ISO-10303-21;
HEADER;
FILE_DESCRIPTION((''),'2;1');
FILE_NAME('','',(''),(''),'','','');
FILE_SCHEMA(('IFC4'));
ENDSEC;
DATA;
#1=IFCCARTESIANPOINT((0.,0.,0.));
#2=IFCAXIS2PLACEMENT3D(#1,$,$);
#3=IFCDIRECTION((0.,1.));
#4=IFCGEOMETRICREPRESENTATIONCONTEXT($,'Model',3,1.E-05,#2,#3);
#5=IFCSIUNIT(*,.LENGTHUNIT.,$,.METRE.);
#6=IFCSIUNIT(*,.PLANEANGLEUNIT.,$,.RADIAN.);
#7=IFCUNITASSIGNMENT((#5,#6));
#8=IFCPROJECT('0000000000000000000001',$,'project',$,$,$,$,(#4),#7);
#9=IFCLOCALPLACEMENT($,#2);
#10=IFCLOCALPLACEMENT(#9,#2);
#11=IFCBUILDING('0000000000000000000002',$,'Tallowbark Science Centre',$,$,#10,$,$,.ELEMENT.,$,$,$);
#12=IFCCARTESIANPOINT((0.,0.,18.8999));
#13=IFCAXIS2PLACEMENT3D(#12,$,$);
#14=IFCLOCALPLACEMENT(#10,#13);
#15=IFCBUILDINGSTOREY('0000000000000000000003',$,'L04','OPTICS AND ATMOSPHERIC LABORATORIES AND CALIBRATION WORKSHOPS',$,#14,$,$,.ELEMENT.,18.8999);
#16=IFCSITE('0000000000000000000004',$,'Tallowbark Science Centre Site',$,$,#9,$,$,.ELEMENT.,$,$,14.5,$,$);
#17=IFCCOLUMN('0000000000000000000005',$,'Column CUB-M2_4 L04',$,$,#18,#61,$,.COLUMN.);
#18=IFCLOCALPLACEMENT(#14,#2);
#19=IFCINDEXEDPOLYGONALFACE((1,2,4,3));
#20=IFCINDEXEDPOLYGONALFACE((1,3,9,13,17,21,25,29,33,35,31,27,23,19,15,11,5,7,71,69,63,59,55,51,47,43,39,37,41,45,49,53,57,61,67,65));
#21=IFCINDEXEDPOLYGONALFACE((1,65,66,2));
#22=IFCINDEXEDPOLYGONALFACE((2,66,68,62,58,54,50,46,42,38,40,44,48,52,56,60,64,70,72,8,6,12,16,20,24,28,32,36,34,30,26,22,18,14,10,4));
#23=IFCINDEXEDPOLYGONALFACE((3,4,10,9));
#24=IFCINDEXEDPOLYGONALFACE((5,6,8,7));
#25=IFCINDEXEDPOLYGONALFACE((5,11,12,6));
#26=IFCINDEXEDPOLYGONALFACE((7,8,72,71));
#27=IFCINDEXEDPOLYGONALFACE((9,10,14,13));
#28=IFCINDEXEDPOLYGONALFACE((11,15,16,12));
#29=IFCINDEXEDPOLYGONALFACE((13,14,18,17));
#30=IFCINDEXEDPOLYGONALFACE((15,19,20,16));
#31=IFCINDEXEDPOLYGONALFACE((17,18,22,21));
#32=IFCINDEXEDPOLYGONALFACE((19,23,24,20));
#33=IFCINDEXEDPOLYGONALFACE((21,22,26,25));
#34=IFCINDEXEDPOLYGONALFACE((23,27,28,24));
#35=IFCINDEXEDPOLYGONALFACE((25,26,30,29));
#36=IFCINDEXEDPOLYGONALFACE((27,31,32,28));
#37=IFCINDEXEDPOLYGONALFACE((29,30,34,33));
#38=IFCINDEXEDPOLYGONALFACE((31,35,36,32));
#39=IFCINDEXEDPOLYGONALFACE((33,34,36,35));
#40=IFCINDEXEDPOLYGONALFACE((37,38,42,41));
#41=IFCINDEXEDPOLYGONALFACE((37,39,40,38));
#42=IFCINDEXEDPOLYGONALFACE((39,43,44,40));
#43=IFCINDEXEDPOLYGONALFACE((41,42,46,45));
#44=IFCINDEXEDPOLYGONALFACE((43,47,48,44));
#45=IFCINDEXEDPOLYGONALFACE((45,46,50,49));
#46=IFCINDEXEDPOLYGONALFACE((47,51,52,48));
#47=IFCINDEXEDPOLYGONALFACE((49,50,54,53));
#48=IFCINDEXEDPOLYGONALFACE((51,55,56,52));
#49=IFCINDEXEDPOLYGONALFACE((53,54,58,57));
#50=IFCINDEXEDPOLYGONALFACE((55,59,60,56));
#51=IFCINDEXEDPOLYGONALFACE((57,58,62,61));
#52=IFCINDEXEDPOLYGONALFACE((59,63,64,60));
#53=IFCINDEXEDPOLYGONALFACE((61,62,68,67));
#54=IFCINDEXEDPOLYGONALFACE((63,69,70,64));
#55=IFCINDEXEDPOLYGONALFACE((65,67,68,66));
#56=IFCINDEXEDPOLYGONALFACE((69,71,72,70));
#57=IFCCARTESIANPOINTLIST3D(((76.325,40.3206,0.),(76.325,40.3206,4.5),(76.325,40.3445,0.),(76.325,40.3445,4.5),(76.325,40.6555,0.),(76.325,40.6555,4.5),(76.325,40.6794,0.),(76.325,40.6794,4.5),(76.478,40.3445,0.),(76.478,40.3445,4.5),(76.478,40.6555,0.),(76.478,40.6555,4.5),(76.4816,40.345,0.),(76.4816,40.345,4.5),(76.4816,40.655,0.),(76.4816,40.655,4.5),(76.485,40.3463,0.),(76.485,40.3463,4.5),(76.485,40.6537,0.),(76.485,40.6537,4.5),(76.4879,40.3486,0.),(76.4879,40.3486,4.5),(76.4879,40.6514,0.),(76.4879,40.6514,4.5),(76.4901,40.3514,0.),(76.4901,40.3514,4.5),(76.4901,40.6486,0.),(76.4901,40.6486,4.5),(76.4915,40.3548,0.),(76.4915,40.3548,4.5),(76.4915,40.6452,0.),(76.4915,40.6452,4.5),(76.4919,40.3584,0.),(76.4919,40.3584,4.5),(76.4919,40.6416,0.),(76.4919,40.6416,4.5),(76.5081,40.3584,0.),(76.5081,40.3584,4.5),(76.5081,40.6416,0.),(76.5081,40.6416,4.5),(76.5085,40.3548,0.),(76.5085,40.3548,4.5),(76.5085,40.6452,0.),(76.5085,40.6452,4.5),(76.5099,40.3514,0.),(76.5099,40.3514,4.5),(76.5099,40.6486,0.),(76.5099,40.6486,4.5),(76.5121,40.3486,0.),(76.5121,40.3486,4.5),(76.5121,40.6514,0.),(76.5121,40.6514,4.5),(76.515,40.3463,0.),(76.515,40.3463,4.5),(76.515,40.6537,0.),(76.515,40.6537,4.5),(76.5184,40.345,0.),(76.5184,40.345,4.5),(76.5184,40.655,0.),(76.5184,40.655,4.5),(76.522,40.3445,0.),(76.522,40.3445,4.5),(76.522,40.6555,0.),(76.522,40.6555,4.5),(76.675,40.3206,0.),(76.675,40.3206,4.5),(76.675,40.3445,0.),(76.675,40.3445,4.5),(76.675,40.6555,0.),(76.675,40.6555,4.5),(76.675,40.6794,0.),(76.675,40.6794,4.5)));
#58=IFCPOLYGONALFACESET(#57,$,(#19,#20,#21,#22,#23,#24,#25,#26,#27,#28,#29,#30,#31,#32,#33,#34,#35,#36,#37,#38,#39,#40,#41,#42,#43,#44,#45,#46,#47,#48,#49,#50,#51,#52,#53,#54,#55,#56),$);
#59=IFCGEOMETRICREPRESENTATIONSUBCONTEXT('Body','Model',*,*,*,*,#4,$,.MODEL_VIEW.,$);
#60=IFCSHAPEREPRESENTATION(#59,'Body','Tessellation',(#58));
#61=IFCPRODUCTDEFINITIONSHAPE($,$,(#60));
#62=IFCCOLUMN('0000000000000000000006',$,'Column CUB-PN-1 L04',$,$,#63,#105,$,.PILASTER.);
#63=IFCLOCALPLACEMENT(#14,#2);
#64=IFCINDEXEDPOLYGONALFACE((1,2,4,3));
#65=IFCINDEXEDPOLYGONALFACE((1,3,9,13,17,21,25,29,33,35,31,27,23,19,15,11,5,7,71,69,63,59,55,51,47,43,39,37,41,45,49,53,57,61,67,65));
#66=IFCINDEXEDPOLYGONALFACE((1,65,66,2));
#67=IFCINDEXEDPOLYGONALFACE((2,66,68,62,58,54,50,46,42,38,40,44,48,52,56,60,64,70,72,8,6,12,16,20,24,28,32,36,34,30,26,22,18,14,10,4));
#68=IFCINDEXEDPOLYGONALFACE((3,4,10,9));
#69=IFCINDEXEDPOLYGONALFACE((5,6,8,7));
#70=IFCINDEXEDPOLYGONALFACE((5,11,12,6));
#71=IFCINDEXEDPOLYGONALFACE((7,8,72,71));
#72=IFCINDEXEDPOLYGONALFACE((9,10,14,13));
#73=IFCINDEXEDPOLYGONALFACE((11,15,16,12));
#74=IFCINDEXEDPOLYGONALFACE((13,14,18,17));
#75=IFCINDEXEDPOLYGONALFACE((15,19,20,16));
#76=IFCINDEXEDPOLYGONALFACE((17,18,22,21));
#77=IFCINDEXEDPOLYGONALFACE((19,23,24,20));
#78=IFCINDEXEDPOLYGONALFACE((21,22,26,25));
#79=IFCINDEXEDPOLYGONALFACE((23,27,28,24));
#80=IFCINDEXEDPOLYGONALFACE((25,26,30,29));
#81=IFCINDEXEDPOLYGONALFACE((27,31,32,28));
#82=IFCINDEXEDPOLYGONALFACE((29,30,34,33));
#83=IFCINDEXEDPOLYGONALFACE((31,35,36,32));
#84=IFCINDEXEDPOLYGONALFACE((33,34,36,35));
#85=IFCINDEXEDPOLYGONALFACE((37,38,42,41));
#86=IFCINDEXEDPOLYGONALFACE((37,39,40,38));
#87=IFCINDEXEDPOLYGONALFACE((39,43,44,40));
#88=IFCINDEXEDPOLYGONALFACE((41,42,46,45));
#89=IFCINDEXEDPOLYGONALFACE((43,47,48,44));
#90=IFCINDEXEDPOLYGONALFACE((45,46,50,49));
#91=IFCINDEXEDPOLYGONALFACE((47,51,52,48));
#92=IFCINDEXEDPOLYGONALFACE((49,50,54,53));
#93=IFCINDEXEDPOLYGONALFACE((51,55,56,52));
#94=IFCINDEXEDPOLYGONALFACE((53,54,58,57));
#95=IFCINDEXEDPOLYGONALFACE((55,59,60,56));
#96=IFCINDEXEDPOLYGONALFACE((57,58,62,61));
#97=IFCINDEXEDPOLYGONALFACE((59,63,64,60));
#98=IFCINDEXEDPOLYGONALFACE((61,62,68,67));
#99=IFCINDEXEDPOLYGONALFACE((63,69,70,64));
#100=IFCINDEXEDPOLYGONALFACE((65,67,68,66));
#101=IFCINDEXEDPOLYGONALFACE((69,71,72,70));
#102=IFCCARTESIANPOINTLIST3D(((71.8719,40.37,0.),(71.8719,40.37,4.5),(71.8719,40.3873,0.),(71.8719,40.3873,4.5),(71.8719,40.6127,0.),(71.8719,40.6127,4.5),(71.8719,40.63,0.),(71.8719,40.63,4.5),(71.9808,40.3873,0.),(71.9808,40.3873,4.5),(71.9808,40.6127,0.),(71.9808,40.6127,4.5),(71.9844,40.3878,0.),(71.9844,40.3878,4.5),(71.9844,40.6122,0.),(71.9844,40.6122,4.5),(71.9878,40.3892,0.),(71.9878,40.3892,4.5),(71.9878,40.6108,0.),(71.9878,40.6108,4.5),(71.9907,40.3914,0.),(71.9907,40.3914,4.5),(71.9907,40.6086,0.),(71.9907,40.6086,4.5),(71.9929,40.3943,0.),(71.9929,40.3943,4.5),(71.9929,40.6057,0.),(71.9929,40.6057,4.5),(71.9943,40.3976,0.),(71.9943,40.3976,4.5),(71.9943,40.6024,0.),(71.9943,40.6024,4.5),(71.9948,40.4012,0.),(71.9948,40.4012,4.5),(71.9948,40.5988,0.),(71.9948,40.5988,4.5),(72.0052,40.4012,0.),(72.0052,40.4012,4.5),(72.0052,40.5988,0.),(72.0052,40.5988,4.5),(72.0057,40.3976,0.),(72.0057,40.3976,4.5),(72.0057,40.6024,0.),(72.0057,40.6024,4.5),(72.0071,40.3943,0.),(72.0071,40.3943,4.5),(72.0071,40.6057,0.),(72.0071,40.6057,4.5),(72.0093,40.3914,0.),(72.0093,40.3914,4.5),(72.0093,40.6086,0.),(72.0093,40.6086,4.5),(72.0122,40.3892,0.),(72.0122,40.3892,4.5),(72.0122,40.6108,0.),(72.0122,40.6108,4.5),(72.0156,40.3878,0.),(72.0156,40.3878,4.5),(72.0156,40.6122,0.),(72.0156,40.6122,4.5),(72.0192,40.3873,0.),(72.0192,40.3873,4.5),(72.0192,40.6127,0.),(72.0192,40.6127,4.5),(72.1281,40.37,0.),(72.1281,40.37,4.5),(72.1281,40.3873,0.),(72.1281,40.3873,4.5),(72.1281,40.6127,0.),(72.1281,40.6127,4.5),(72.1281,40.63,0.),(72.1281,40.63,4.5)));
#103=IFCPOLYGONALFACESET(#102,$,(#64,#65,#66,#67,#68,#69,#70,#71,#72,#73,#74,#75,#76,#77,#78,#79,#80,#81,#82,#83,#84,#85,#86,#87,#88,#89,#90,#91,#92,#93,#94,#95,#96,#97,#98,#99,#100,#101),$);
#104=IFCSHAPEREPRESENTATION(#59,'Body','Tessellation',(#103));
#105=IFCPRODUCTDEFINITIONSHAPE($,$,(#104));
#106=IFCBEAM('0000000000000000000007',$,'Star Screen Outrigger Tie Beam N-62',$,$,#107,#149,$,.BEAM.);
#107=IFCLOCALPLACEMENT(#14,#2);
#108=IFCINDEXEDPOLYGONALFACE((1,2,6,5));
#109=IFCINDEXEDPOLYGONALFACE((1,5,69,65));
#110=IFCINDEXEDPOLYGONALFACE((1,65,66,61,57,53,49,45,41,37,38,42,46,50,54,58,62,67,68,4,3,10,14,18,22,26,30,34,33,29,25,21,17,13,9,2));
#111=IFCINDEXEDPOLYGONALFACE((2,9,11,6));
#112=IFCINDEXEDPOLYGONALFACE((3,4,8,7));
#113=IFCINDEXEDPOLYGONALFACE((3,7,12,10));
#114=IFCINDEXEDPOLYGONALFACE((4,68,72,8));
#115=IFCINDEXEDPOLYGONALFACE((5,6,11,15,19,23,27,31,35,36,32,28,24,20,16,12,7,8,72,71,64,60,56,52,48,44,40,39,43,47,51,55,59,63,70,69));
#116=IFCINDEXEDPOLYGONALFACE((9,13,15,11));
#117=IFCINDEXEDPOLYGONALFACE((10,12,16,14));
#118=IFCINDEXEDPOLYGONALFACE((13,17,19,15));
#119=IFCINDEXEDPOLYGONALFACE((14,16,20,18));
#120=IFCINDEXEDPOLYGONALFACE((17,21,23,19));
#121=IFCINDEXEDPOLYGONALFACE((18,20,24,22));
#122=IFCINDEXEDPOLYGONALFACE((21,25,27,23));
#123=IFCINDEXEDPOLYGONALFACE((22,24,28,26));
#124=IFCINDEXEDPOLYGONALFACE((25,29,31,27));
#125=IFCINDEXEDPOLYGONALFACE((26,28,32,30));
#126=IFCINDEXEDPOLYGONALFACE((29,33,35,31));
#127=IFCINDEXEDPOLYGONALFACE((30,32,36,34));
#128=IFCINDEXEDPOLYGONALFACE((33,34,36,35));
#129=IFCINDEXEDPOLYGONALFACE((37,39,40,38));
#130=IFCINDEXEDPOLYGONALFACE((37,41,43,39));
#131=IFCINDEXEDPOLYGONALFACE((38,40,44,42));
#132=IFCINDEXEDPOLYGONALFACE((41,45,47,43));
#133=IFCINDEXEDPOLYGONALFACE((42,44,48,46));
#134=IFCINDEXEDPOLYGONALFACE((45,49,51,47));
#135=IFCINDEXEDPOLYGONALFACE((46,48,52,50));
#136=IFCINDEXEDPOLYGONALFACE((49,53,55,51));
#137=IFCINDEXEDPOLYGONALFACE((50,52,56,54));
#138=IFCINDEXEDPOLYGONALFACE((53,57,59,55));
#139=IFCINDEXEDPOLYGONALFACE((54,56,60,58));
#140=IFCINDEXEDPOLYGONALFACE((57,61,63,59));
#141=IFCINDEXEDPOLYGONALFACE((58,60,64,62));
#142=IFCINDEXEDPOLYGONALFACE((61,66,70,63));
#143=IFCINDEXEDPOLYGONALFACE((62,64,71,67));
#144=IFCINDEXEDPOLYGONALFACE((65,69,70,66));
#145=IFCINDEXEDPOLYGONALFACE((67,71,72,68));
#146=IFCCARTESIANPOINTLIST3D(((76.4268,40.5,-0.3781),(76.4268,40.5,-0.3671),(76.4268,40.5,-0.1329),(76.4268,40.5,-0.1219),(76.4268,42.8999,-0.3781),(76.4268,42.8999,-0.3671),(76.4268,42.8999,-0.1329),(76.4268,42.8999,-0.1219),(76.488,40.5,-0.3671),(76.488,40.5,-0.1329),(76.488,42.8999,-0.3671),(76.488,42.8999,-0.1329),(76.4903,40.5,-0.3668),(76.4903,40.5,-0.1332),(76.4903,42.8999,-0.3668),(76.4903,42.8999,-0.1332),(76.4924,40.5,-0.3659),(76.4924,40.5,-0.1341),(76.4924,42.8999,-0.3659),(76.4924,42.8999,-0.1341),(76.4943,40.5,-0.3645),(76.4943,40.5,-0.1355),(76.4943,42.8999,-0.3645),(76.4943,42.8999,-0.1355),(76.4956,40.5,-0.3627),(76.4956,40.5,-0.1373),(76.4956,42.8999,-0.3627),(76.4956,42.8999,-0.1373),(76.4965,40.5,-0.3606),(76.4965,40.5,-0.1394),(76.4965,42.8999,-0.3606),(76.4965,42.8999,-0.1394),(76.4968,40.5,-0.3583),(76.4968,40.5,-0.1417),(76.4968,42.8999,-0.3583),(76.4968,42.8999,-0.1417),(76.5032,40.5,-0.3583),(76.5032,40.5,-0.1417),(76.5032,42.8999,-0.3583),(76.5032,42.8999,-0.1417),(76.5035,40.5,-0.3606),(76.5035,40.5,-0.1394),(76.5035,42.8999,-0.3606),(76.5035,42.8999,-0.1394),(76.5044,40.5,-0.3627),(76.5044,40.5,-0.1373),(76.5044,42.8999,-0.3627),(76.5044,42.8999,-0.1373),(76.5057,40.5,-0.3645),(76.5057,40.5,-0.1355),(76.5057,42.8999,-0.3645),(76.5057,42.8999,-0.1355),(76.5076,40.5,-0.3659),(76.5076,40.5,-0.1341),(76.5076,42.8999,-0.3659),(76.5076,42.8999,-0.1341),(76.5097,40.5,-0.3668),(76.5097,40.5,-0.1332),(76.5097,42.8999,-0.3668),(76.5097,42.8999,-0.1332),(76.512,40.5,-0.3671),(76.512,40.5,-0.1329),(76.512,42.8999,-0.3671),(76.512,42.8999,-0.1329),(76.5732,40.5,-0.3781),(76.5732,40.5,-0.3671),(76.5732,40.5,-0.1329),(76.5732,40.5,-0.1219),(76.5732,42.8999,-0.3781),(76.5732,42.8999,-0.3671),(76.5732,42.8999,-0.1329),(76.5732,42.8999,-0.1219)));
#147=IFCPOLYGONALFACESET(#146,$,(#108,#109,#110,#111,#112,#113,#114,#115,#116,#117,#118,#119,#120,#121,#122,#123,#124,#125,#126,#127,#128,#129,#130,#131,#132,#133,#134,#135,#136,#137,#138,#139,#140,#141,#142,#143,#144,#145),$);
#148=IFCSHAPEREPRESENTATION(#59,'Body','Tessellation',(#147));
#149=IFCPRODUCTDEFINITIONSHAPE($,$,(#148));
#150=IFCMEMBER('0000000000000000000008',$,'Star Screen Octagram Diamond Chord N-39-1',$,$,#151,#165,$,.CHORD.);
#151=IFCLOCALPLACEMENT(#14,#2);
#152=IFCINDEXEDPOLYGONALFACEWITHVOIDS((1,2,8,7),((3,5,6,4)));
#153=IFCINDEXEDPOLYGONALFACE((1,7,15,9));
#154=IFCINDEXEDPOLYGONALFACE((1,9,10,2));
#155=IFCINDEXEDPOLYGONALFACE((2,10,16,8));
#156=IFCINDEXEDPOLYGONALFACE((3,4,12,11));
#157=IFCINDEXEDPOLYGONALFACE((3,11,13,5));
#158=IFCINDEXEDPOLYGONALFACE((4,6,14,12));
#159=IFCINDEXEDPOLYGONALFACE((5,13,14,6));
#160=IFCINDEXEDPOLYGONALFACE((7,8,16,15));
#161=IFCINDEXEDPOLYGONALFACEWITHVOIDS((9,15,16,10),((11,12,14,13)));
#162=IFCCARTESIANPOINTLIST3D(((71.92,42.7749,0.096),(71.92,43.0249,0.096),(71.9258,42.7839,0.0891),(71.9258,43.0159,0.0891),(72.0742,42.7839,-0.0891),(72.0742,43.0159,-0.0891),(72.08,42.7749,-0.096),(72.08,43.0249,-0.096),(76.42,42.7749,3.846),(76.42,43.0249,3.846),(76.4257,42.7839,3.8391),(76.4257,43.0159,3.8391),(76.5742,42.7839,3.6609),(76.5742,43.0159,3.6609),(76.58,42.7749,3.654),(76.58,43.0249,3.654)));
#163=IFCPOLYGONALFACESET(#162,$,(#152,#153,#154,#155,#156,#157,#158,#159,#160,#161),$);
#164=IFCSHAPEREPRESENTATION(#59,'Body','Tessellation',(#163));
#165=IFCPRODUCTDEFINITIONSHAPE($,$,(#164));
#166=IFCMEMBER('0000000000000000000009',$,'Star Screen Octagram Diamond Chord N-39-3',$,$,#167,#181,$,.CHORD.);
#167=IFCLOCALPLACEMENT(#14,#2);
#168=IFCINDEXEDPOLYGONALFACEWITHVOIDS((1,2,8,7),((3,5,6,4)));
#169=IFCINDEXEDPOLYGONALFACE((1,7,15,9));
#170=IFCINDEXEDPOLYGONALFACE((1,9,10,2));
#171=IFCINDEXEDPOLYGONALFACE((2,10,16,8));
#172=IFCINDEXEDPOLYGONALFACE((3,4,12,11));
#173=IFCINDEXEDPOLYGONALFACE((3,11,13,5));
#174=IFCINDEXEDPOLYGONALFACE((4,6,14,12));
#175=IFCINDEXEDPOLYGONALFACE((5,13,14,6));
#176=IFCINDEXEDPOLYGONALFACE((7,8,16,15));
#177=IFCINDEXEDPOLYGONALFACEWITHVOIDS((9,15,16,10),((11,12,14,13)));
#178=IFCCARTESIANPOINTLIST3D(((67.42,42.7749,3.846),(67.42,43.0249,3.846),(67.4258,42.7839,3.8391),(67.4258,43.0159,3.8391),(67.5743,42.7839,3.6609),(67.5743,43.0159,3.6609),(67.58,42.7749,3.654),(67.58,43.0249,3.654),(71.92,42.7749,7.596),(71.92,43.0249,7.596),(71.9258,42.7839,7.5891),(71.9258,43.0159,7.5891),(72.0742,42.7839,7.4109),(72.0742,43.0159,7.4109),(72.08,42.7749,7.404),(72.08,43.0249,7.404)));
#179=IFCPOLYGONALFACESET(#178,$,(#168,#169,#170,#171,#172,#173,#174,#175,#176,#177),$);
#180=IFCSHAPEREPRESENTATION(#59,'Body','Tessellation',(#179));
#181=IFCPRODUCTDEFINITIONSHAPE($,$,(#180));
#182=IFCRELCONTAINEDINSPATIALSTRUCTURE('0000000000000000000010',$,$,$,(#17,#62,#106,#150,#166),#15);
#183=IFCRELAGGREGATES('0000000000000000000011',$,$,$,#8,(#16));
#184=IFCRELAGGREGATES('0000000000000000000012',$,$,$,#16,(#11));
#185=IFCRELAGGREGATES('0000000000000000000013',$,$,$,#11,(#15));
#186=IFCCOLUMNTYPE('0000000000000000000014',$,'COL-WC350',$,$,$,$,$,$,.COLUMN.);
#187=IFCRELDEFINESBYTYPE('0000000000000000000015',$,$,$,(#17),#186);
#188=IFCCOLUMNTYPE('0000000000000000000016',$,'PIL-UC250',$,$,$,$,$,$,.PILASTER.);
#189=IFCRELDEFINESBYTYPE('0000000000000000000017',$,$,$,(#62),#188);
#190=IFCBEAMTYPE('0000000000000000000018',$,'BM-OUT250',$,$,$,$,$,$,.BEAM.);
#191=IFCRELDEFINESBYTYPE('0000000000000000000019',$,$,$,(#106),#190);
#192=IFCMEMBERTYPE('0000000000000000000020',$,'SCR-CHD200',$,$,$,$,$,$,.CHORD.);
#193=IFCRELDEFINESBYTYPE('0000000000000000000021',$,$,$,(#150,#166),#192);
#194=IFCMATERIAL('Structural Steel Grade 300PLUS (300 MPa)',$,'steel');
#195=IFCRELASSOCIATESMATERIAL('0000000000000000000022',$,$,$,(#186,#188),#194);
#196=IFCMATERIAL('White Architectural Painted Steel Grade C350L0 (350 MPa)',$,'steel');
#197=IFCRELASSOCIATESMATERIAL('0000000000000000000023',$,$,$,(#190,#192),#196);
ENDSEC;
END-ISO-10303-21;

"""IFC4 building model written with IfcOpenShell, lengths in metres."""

from ifc_helpers import new_model, si_unit, direction, frame, origin, origin_2d, place, context, subcontext, project, spatial, hollow_rectangle, i_section, extrude, material, material_profile, profile_set, type_object, element, save


model = new_model("IFC4")

# Units and contexts
model_context = context("Model", 3, precision=1e-05, world=origin(), true_north=direction((0.0, 1.0)))
body_context = subcontext(model_context, "Body", "Model", "MODEL_VIEW")
ifc_project = project(units=[si_unit("LENGTHUNIT", "METRE"), si_unit("PLANEANGLEUNIT", "RADIAN")], contexts=[model_context])

# Site, building, storey
site_placement = place(None, origin())
site = spatial("IfcSite", under=ifc_project, at=site_placement, Name="Tallowbark Science Centre Site", CompositionType="ELEMENT", RefElevation=14.5)
building_placement = place(site_placement, origin())
building = spatial("IfcBuilding", under=site, at=building_placement, Name="Tallowbark Science Centre", CompositionType="ELEMENT")
storey_placement = place(building_placement, frame((0.0, 0.0, 18.8999)))
storey = spatial("IfcBuildingStorey", under=building, at=storey_placement, Name="L04", Description="OPTICS AND ATMOSPHERIC LABORATORIES AND CALIBRATION WORKSHOPS", CompositionType="ELEMENT", Elevation=18.8999)

# Columns
ifc_material_1 = material(Name="Structural Steel Grade 300PLUS (300 MPa)", Category="steel")
ifc_material_profile_1 = material_profile(ifc_material_1, i_section(OverallWidth=0.3501, OverallDepth=0.3589, WebThickness=0.0161, FlangeThickness=0.0239, FilletRadius=0.0139, at=origin_2d()), Name="350WC197")
ifc_profile_set_1 = profile_set([ifc_material_profile_1], Name="Structural Steel Grade 300PLUS (300 MPa)")
column_type_1 = type_object("IfcColumnType", Name="COL-WC350", PredefinedType="COLUMN", material=ifc_profile_set_1)
column_1_placement = place(storey_placement, frame((76.5, 40.5, 0.0), z_axis=(0.0, 0.0, 1.0), x_axis=(1.0, 0.0, 0.0)))
element("IfcColumn", 1, at=column_1_placement, inside=storey, type_object=column_type_1, Name="Column CUB-M2_4 L04", PredefinedType="COLUMN", context=body_context, shape_type="SweptSolid", body=[
    extrude(i_section(OverallWidth=0.3501, OverallDepth=0.3589, WebThickness=0.0161, FlangeThickness=0.0239, FilletRadius=0.0139, at=origin_2d()), origin(), (0.0, 0.0, 1.0), 4.5),
])
ifc_material_profile_2 = material_profile(ifc_material_1, i_section(OverallWidth=0.2561, OverallDepth=0.26, WebThickness=0.0105, FlangeThickness=0.0173, FilletRadius=0.0139, at=origin_2d()), Name="250UC89.5")
ifc_profile_set_2 = profile_set([ifc_material_profile_2], Name="Structural Steel Grade 300PLUS (300 MPa)")
column_type_2 = type_object("IfcColumnType", Name="PIL-UC250", PredefinedType="PILASTER", material=ifc_profile_set_2)
column_2_placement = place(storey_placement, frame((72.0, 40.5, 0.0), z_axis=(0.0, 0.0, 1.0), x_axis=(1.0, 0.0, 0.0)))
element("IfcColumn", 2, at=column_2_placement, inside=storey, type_object=column_type_2, Name="Column CUB-PN-1 L04", PredefinedType="PILASTER", context=body_context, shape_type="SweptSolid", body=[
    extrude(i_section(OverallWidth=0.2561, OverallDepth=0.26, WebThickness=0.0105, FlangeThickness=0.0173, FilletRadius=0.0139, at=origin_2d()), origin(), (0.0, 0.0, 1.0), 4.5),
])

# Beam
ifc_material_2 = material(Name="White Architectural Painted Steel Grade C350L0 (350 MPa)", Category="steel")
ifc_material_profile_3 = material_profile(ifc_material_2, i_section(OverallWidth=0.1465, OverallDepth=0.2561, WebThickness=0.0063, FlangeThickness=0.011, FilletRadius=0.0088, at=origin_2d()), Name="250UB37.3")
ifc_profile_set_3 = profile_set([ifc_material_profile_3], Name="White Architectural Painted Steel Grade C350L0 (350 MPa)")
beam_type_1 = type_object("IfcBeamType", Name="BM-OUT250", PredefinedType="BEAM", material=ifc_profile_set_3)
beam_placement = place(storey_placement, frame((76.5, 40.5, -0.25), z_axis=(0.0, 1.0, 0.0), x_axis=(-1.0, 0.0, 0.0)))
element("IfcBeam", 3, at=beam_placement, inside=storey, type_object=beam_type_1, Name="Star Screen Outrigger Tie Beam N-62", PredefinedType="BEAM", context=body_context, shape_type="SweptSolid", body=[
    extrude(i_section(OverallWidth=0.1465, OverallDepth=0.2561, WebThickness=0.0063, FlangeThickness=0.011, FilletRadius=0.0088, at=origin_2d()), origin(), (0.0, 0.0, 1.0), 2.3999),
])

# Members
ifc_material_profile_4 = material_profile(ifc_material_2, hollow_rectangle(XDim=0.25, YDim=0.25, WallThickness=0.009, at=origin_2d()), Name="250x250x9.0SHS")
ifc_profile_set_4 = profile_set([ifc_material_profile_4], Name="White Architectural Painted Steel Grade C350L0 (350 MPa)")
member_type_1 = type_object("IfcMemberType", Name="SCR-CHD200", PredefinedType="CHORD", material=ifc_profile_set_4)
for number, where, z_axis, x_axis, name in (
    (4, (72.0, 42.8999, 0.0), (0.768221, 0.0, 0.640184), (0.0, 1.0, 0.0), "Star Screen Octagram Diamond Chord N-39-1"),
    (5, (72.0, 42.8999, 7.5), (-0.768221, 0.0, -0.640184), (0.0, -1.0, 0.0), "Star Screen Octagram Diamond Chord N-39-3"),
):
    element("IfcMember", number, at=place(storey_placement, frame(where, z_axis=z_axis, x_axis=x_axis)), inside=storey, type_object=member_type_1, Name=name, PredefinedType="CHORD", context=body_context, shape_type="SweptSolid", body=[
        extrude(hollow_rectangle(XDim=0.25, YDim=0.25, WallThickness=0.009, at=origin_2d()), origin(), (0.0, 0.0, 1.0), 5.8577),
    ])

save(model, "model.ifc")
